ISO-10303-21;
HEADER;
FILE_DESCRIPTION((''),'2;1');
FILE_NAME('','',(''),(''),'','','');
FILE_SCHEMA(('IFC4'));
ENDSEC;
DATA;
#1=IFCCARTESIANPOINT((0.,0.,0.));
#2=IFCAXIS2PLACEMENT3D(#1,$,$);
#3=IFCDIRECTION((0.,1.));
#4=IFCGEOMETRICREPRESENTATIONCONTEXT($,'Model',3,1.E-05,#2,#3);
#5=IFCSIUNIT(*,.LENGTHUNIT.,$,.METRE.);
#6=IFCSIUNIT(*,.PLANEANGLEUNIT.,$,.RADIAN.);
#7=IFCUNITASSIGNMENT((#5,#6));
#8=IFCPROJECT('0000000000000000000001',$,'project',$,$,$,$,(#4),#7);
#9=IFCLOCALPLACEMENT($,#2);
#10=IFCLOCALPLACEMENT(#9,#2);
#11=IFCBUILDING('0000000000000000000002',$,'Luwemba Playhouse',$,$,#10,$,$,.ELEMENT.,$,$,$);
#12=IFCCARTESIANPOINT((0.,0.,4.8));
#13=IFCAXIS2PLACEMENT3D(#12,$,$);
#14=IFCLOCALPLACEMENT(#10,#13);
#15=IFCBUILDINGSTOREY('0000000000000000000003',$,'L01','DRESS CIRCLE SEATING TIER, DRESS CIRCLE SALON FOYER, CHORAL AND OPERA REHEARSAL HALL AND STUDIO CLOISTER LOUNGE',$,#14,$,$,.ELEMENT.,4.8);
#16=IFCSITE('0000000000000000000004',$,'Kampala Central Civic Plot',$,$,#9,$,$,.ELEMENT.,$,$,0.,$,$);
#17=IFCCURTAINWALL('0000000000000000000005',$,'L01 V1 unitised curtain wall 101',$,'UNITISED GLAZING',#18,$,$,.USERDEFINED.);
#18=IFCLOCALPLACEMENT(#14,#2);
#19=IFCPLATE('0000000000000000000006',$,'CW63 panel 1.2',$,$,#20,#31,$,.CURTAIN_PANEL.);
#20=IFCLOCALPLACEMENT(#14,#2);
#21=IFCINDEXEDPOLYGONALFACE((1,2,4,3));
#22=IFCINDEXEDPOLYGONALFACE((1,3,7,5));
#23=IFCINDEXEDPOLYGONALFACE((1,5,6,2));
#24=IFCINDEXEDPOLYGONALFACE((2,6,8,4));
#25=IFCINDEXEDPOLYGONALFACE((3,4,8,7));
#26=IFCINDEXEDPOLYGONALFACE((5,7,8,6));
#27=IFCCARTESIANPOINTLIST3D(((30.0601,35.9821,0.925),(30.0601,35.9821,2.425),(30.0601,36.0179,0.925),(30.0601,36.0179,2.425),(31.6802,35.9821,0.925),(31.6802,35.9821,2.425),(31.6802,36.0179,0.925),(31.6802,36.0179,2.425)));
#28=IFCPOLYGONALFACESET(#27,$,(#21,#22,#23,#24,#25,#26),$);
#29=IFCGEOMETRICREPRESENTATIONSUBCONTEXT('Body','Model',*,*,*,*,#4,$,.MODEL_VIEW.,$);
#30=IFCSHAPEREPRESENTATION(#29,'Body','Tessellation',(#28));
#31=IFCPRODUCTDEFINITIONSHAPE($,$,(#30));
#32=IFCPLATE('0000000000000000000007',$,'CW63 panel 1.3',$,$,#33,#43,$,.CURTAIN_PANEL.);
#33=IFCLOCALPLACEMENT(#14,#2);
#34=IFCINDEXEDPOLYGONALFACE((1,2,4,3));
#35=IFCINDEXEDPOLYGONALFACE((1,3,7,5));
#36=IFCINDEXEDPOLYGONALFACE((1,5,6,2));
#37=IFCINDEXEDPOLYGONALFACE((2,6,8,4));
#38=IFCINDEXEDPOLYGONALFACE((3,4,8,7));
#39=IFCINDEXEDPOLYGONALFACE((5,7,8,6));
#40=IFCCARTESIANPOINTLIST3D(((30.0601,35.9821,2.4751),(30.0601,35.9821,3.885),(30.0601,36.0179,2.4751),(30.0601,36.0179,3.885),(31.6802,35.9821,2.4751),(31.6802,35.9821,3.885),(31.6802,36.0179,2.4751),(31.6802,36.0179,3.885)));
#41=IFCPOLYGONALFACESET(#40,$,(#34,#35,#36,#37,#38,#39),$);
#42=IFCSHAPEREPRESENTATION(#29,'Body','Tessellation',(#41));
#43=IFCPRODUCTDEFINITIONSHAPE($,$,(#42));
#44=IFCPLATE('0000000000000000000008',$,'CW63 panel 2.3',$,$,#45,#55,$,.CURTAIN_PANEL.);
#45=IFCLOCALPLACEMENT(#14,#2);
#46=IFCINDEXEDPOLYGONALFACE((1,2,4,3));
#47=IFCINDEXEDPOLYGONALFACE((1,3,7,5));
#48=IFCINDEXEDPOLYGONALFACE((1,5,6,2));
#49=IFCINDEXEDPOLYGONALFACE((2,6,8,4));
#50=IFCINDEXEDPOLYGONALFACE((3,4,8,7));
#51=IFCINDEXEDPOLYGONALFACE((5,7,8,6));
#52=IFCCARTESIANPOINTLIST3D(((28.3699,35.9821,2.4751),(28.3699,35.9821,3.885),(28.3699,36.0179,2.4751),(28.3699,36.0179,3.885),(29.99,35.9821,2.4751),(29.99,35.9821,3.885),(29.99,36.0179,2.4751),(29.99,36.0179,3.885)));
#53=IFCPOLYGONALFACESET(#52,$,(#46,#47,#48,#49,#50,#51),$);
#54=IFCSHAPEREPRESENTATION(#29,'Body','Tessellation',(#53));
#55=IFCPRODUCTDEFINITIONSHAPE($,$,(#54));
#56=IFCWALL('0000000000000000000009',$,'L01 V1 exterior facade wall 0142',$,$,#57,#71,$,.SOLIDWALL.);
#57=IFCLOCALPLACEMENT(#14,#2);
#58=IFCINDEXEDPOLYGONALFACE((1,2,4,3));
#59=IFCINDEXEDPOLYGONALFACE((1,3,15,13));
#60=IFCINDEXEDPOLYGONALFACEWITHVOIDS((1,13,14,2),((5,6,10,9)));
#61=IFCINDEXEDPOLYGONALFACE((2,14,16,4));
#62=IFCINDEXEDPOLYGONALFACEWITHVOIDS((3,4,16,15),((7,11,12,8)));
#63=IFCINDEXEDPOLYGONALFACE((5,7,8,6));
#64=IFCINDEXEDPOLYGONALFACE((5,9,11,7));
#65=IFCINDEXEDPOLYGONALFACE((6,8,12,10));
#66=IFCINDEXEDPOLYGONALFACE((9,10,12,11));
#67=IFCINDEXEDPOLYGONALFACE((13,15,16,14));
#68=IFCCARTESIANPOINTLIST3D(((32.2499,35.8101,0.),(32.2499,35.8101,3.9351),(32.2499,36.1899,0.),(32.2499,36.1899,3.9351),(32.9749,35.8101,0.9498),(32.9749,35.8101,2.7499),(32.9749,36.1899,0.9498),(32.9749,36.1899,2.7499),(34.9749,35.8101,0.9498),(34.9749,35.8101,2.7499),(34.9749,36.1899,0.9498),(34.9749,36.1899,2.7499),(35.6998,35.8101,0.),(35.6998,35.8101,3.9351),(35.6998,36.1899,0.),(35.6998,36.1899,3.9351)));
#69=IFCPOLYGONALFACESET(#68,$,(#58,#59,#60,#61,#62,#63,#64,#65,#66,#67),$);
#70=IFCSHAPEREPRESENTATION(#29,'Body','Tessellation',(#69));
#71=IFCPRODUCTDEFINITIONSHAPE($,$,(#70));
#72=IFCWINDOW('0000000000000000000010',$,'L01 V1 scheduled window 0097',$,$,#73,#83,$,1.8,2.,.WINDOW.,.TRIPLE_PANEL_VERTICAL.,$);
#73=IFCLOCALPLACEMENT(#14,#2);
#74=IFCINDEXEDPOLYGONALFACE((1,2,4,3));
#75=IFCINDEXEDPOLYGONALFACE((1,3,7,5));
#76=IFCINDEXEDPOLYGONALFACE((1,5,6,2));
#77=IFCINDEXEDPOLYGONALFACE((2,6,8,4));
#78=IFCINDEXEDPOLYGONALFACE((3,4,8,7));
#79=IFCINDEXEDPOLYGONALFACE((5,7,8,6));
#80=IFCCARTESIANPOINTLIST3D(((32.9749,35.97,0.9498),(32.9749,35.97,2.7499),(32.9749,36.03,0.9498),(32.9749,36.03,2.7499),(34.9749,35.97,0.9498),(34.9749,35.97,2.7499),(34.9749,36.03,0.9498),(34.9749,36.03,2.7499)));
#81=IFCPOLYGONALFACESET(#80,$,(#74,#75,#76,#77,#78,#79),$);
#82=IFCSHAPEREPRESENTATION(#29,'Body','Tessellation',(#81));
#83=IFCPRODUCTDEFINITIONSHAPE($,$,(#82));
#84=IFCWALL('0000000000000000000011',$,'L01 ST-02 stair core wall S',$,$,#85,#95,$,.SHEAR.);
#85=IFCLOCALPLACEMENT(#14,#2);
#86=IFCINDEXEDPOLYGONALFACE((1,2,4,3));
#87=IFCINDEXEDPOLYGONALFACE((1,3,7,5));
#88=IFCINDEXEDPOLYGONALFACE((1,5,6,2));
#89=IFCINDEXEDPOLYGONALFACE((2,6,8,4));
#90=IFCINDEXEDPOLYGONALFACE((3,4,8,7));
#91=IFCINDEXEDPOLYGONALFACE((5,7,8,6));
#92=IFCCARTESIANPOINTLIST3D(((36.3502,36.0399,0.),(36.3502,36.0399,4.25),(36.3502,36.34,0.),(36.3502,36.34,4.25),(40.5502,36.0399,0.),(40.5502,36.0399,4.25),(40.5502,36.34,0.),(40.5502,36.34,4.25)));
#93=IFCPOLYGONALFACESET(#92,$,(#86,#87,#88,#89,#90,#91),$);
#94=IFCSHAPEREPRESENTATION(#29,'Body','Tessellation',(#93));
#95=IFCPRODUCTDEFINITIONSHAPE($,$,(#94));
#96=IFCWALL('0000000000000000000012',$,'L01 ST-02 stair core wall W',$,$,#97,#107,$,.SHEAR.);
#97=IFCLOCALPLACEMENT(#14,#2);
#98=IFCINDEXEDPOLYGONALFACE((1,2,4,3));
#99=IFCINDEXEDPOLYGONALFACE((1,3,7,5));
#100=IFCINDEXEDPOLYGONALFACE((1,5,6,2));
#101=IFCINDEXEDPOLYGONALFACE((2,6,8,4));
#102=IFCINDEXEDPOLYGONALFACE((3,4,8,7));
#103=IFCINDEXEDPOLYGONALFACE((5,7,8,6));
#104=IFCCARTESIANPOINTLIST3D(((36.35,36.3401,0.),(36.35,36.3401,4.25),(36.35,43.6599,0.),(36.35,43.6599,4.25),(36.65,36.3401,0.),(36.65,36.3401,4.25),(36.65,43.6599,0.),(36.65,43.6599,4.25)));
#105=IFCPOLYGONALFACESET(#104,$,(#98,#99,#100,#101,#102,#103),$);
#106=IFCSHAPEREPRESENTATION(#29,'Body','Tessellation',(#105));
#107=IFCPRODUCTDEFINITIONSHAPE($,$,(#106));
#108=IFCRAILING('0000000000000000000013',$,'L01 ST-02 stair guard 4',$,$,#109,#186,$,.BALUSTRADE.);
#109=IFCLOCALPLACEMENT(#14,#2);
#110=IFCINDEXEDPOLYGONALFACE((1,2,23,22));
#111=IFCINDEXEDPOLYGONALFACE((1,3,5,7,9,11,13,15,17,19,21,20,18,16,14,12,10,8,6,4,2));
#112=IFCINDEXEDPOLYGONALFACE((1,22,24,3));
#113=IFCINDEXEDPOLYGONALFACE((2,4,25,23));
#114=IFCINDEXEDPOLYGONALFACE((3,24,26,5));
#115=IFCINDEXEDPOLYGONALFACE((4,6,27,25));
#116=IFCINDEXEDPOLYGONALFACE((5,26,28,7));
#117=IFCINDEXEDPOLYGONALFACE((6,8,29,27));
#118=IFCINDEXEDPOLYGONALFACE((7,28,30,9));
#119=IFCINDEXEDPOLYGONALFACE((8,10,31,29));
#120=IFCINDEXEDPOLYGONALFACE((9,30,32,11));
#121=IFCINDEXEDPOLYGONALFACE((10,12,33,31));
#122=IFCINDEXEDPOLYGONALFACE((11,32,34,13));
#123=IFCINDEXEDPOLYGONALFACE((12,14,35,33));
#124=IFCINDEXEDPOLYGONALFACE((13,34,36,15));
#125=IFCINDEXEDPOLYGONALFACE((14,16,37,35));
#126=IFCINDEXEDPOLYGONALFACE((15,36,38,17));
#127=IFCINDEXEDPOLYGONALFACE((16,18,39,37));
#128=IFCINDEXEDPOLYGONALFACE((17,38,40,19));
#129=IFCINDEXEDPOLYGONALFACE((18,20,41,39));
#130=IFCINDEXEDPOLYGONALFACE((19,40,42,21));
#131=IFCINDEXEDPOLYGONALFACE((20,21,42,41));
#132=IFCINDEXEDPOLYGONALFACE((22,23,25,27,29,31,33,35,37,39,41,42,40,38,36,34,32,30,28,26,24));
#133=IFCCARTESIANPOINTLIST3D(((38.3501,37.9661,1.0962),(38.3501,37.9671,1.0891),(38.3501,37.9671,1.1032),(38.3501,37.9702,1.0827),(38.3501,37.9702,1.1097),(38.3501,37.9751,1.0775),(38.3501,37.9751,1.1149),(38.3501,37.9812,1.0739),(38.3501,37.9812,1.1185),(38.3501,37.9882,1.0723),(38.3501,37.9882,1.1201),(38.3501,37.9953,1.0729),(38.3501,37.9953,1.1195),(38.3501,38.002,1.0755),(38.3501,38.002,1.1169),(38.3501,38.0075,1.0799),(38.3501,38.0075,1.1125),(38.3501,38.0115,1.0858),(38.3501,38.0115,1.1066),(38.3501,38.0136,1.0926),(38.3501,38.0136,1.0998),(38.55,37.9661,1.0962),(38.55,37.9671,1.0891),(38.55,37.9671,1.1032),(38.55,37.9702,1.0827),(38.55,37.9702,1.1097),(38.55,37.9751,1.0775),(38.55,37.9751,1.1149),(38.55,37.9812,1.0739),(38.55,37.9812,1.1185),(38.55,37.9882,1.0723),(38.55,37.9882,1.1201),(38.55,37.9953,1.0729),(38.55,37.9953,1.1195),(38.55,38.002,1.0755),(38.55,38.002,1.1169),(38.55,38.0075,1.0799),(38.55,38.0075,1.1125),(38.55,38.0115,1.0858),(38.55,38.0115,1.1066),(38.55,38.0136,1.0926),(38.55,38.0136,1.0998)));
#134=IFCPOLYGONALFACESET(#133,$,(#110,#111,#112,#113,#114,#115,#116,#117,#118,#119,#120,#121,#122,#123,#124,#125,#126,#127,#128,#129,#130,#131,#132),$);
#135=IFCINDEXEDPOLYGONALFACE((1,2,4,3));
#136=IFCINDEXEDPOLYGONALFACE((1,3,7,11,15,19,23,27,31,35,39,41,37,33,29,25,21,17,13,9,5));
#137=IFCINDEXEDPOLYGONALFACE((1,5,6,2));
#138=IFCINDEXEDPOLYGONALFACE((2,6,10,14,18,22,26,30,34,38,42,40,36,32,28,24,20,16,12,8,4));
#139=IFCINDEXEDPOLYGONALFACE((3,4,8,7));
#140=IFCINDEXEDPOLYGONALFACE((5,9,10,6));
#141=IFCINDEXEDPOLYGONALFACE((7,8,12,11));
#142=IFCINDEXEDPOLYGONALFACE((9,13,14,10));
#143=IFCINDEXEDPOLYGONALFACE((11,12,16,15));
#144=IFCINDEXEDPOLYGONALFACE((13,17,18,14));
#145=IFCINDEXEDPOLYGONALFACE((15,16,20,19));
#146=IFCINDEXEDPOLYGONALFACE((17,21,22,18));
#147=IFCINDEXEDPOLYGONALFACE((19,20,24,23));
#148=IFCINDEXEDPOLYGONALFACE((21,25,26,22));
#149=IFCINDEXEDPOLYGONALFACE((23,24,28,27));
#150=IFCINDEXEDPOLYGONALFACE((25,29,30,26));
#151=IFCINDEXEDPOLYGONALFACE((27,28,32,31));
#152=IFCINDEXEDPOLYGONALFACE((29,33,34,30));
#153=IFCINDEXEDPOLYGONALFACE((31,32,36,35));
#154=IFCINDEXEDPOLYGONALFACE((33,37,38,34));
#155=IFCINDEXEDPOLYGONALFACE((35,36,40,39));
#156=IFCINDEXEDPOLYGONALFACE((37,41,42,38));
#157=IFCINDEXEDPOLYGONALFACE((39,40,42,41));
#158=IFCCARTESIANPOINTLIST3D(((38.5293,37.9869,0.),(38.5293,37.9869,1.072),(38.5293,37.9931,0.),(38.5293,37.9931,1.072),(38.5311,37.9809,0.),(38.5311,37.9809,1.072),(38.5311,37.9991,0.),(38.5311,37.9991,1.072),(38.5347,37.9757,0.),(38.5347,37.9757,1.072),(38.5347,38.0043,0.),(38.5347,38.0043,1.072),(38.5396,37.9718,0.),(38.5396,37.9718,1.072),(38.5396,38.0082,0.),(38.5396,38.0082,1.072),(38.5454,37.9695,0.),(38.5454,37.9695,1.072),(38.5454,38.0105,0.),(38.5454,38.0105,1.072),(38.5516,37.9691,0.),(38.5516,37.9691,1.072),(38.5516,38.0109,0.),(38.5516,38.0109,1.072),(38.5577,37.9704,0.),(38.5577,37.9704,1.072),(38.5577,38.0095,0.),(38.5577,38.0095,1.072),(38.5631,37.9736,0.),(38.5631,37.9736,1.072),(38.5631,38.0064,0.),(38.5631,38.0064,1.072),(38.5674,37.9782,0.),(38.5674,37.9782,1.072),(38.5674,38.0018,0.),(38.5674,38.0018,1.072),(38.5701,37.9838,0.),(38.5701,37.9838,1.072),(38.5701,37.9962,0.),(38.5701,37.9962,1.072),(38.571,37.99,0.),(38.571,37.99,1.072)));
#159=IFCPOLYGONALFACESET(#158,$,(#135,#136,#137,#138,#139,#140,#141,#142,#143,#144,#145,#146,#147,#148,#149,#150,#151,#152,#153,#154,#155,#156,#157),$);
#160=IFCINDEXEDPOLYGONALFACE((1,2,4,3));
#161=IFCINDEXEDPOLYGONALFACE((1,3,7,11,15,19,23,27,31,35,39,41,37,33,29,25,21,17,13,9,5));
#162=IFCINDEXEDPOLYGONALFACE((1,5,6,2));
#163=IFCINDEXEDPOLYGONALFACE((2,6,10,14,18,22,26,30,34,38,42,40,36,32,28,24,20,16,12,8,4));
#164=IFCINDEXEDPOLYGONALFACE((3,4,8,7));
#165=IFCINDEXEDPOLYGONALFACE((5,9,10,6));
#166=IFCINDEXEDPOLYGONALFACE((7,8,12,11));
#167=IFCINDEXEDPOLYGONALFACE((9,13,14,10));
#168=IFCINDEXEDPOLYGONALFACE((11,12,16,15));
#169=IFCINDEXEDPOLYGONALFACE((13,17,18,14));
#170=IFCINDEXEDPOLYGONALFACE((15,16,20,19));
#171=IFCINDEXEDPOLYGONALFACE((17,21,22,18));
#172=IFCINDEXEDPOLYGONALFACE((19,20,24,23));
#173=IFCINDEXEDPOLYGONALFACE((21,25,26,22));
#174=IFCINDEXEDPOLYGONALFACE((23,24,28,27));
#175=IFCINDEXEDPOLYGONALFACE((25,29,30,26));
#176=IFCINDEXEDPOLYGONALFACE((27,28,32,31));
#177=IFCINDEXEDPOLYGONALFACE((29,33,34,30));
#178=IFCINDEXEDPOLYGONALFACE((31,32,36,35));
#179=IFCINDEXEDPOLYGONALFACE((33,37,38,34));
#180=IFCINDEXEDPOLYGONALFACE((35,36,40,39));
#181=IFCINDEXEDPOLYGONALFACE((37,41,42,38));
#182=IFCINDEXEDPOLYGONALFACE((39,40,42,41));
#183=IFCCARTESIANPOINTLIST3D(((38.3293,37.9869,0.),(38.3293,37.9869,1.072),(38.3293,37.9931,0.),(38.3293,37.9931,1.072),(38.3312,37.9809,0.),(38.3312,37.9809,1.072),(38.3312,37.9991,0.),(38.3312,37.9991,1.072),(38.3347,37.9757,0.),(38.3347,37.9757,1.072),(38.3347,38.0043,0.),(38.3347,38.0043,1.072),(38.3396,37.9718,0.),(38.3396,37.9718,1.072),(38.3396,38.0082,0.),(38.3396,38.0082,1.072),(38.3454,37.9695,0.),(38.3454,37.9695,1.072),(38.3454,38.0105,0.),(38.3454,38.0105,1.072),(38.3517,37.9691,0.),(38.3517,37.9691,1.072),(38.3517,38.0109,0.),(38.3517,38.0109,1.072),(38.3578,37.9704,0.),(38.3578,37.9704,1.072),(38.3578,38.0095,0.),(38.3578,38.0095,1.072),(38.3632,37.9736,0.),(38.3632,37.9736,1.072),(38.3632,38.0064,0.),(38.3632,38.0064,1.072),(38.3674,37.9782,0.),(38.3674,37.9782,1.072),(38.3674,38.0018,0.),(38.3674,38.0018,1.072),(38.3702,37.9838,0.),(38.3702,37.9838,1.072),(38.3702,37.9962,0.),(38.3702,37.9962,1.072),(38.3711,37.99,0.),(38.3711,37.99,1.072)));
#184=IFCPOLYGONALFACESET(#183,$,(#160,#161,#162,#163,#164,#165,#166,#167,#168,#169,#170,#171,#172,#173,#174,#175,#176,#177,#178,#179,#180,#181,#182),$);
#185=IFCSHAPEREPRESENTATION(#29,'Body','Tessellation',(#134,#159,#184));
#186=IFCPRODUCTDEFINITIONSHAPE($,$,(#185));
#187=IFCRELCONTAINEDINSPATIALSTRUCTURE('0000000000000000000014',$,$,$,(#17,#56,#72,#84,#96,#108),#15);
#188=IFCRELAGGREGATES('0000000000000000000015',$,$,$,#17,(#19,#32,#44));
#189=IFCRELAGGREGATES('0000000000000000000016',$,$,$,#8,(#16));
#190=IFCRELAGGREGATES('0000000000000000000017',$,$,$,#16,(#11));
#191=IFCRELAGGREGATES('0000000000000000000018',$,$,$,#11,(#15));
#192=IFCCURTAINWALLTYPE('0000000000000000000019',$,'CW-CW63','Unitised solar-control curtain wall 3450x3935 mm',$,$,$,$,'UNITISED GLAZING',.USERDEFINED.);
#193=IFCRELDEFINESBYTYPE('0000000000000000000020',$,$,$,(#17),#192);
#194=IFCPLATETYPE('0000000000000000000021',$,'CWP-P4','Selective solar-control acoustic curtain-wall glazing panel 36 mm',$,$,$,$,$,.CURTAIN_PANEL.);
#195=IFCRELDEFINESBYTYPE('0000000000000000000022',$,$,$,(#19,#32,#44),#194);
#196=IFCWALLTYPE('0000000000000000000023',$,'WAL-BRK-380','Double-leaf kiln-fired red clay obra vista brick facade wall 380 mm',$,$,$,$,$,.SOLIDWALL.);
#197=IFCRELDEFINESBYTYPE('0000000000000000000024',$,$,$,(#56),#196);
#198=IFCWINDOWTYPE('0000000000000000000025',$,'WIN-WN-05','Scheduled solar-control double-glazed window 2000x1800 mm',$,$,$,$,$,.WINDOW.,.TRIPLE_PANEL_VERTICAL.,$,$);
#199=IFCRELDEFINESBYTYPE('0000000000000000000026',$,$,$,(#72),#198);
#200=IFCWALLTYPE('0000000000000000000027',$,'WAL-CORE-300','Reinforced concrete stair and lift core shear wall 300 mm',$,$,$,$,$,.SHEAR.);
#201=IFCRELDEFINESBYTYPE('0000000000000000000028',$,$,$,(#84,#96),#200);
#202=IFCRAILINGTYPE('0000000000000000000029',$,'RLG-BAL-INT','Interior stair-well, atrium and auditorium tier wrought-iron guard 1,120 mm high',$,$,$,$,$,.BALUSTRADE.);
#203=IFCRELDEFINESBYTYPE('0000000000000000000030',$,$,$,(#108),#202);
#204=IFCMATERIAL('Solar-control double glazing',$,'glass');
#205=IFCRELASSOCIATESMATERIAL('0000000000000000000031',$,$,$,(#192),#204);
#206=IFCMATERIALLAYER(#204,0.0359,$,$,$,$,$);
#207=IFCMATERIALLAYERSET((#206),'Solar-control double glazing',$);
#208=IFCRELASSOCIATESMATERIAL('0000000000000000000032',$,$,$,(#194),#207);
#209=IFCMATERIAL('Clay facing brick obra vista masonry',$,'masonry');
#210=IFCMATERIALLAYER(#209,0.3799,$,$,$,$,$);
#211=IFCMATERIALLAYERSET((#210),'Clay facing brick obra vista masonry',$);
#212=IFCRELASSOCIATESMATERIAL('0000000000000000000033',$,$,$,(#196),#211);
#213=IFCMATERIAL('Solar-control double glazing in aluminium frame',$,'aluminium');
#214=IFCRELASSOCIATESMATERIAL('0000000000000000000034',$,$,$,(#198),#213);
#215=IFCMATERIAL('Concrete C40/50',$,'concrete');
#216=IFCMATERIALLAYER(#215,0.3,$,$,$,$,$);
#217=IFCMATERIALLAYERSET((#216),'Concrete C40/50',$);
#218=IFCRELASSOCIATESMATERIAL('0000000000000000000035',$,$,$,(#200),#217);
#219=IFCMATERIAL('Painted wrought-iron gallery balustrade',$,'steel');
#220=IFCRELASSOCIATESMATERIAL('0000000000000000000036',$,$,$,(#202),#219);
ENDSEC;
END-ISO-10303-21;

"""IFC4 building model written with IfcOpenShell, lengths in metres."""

from ifc_helpers import new_model, si_unit, direction, frame, frame_2d, origin, origin_2d, place, context, subcontext, project, spatial, rectangle, circle, extrude, material, layer, layer_set, type_object, element, fill, aggregate, save


model = new_model("IFC4")

# Units and contexts
model_context = context("Model", 3, precision=1e-05, world=origin(), true_north=direction((0.0, 1.0)))
body_context = subcontext(model_context, "Body", "Model", "MODEL_VIEW")
ifc_project = project(units=[si_unit("LENGTHUNIT", "METRE"), si_unit("PLANEANGLEUNIT", "RADIAN")], contexts=[model_context])

# Site, building, storey
site_placement = place(None, origin())
site = spatial("IfcSite", under=ifc_project, at=site_placement, Name="Kampala Central Civic Plot", CompositionType="ELEMENT", RefElevation=0.0)
building_placement = place(site_placement, origin())
building = spatial("IfcBuilding", under=site, at=building_placement, Name="Luwemba Playhouse", CompositionType="ELEMENT")
storey_placement = place(building_placement, frame((0.0, 0.0, 4.8)))
storey = spatial("IfcBuildingStorey", under=building, at=storey_placement, Name="L01", Description="DRESS CIRCLE SEATING TIER, DRESS CIRCLE SALON FOYER, CHORAL AND OPERA REHEARSAL HALL AND STUDIO CLOISTER LOUNGE", CompositionType="ELEMENT", Elevation=4.8)

# Shared definitions
ifc_material_1 = material(Name="Concrete C40/50", Category="concrete")

# Curtain wall
ifc_material_2 = material(Name="Solar-control double glazing", Category="glass")
curtain_wall_type_1 = type_object("IfcCurtainWallType", Name="CW-CW63", Description="Unitised solar-control curtain wall 3450x3935 mm", ElementType="UNITISED GLAZING", PredefinedType="USERDEFINED", material=ifc_material_2)
curtain_wall_1_placement = place(storey_placement, origin())
curtain_wall_1 = element("IfcCurtainWall", 1, at=curtain_wall_1_placement, inside=storey, type_object=curtain_wall_type_1, Name="L01 V1 unitised curtain wall 101", ObjectType="UNITISED GLAZING", PredefinedType="USERDEFINED")

# Plates
ifc_layer_1 = layer(ifc_material_2, 0.0359)
ifc_layer_set_1 = layer_set([ifc_layer_1], Name="Solar-control double glazing")
plate_type_1 = type_object("IfcPlateType", Name="CWP-P4", Description="Selective solar-control acoustic curtain-wall glazing panel 36 mm", PredefinedType="CURTAIN_PANEL", material=ifc_layer_set_1)
plate_1_placement = place(storey_placement, frame((30.8701, 36.0, 0.925), z_axis=(0.0, 0.0, 1.0), x_axis=(-1.0, 0.0, 0.0)))
plate_1 = element("IfcPlate", 2, at=plate_1_placement, type_object=plate_type_1, Name="CW63 panel 1.2", PredefinedType="CURTAIN_PANEL", context=body_context, shape_type="SweptSolid", body=[
    extrude(rectangle(XDim=1.6201, YDim=0.0359, at=origin_2d()), origin(), (0.0, 0.0, 1.0), 1.5),
])
plate_2_placement = place(storey_placement, frame((30.8701, 36.0, 2.4751), z_axis=(0.0, 0.0, 1.0), x_axis=(-1.0, 0.0, 0.0)))
plate_2 = element("IfcPlate", 3, at=plate_2_placement, type_object=plate_type_1, Name="CW63 panel 1.3", PredefinedType="CURTAIN_PANEL", context=body_context, shape_type="SweptSolid", body=[
    extrude(rectangle(XDim=1.6201, YDim=0.0359, at=origin_2d()), origin(), (0.0, 0.0, 1.0), 1.4099),
])
plate_3_placement = place(storey_placement, frame((29.1799, 36.0, 2.4751), z_axis=(0.0, 0.0, 1.0), x_axis=(-1.0, 0.0, 0.0)))
plate_3 = element("IfcPlate", 4, at=plate_3_placement, type_object=plate_type_1, Name="CW63 panel 2.3", PredefinedType="CURTAIN_PANEL", context=body_context, shape_type="SweptSolid", body=[
    extrude(rectangle(XDim=1.6201, YDim=0.0359, at=origin_2d()), origin(), (0.0, 0.0, 1.0), 1.4099),
])
aggregate(curtain_wall_1, [plate_1, plate_2, plate_3])

# Wall, opening, window
ifc_material_3 = material(Name="Clay facing brick obra vista masonry", Category="masonry")
ifc_layer_2 = layer(ifc_material_3, 0.3799)
ifc_layer_set_2 = layer_set([ifc_layer_2], Name="Clay facing brick obra vista masonry")
wall_type_1 = type_object("IfcWallType", Name="WAL-BRK-380", Description="Double-leaf kiln-fired red clay obra vista brick facade wall 380 mm", PredefinedType="SOLIDWALL", material=ifc_layer_set_2)
wall_1_placement = place(storey_placement, frame((35.7, 36.0, 0.0), z_axis=(0.0, 0.0, 1.0), x_axis=(-1.0, 0.0, 0.0)))
wall_1 = element("IfcWall", 5, at=wall_1_placement, inside=storey, type_object=wall_type_1, Name="L01 V1 exterior facade wall 0142", PredefinedType="SOLIDWALL", context=body_context, shape_type="SweptSolid", body=[
    extrude(rectangle(XDim=3.45, YDim=0.3799, at=frame_2d((1.7251, 0.0))), origin(), (0.0, 0.0, 1.0), 3.9351),
])
opening_placement = place(wall_1_placement, frame((0.7251, 0.0, 0.95)))
opening = element("IfcOpeningElement", 6, at=opening_placement, cuts=wall_1, PredefinedType="OPENING", context=body_context, shape_type="SweptSolid", body=[
    extrude(rectangle(XDim=2.0, YDim=1.8, at=frame_2d((1.0, 0.8999))), frame((0.0, 0.2, 0.0), z_axis=(0.0, -1.0, 0.0), x_axis=(1.0, 0.0, 0.0)), (0.0, 0.0, 1.0), 0.3999),
])
ifc_material_4 = material(Name="Solar-control double glazing in aluminium frame", Category="aluminium")
window_type = type_object("IfcWindowType", Name="WIN-WN-05", Description="Scheduled solar-control double-glazed window 2000x1800 mm", PartitioningType="TRIPLE_PANEL_VERTICAL", PredefinedType="WINDOW", material=ifc_material_4)
window_placement = place(opening_placement, origin())
window = element("IfcWindow", 7, at=window_placement, inside=storey, type_object=window_type, Name="L01 V1 scheduled window 0097", OverallHeight=1.8, OverallWidth=2.0, PartitioningType="TRIPLE_PANEL_VERTICAL", PredefinedType="WINDOW", context=body_context, shape_type="SweptSolid", body=[
    extrude(rectangle(XDim=2.0, YDim=1.8, at=frame_2d((1.0, 0.8999))), frame((0.0, 0.03, 0.0), z_axis=(0.0, -1.0, 0.0), x_axis=(1.0, 0.0, 0.0)), (0.0, 0.0, 1.0), 0.0601),
])
fill(opening, window)

# Walls
ifc_layer_3 = layer(ifc_material_1, 0.3)
ifc_layer_set_3 = layer_set([ifc_layer_3], Name="Concrete C40/50")
wall_type_2 = type_object("IfcWallType", Name="WAL-CORE-300", Description="Reinforced concrete stair and lift core shear wall 300 mm", PredefinedType="SHEAR", material=ifc_layer_set_3)
wall_2_placement = place(storey_placement, frame((36.3501, 36.1899, 0.0), z_axis=(0.0, 0.0, 1.0), x_axis=(1.0, 0.0, 0.0)))
element("IfcWall", 8, at=wall_2_placement, inside=storey, type_object=wall_type_2, Name="L01 ST-02 stair core wall S", PredefinedType="SHEAR", context=body_context, shape_type="SweptSolid", body=[
    extrude(rectangle(XDim=4.2, YDim=0.3, at=frame_2d((2.1001, 0.0))), origin(), (0.0, 0.0, 1.0), 4.25),
])
wall_3_placement = place(storey_placement, frame((36.5, 36.3401, 0.0), z_axis=(0.0, 0.0, 1.0), x_axis=(0.0, 1.0, 0.0)))
element("IfcWall", 9, at=wall_3_placement, inside=storey, type_object=wall_type_2, Name="L01 ST-02 stair core wall W", PredefinedType="SHEAR", context=body_context, shape_type="SweptSolid", body=[
    extrude(rectangle(XDim=7.3198, YDim=0.3, at=frame_2d((3.6599, 0.0))), origin(), (0.0, 0.0, 1.0), 4.25),
])

# Railing
ifc_material_5 = material(Name="Painted wrought-iron gallery balustrade", Category="steel")
railing_type = type_object("IfcRailingType", Name="RLG-BAL-INT", Description="Interior stair-well, atrium and auditorium tier wrought-iron guard 1,120 mm high", PredefinedType="BALUSTRADE", material=ifc_material_5)
railing_placement = place(storey_placement, frame((38.55, 37.99, 0.0)))
element("IfcRailing", 10, at=railing_placement, inside=storey, type_object=railing_type, Name="L01 ST-02 stair guard 4", PredefinedType="BALUSTRADE", context=body_context, shape_type="SweptSolid", body=[
    extrude(circle(Radius=0.0239, at=origin_2d()), frame((0.0, 0.0, 1.0962), z_axis=(-1.0, 0.0, 0.0), x_axis=(0.0, -1.0, 0.0)), (0.0, 0.0, 1.0), 0.2),
    extrude(circle(Radius=0.021, at=origin_2d()), origin(), (0.0, 0.0, 1.0), 1.072),
    extrude(circle(Radius=0.021, at=origin_2d()), frame((-0.2, 0.0, 0.0)), (0.0, 0.0, 1.0), 1.072),
])

save(model, "model.ifc")
